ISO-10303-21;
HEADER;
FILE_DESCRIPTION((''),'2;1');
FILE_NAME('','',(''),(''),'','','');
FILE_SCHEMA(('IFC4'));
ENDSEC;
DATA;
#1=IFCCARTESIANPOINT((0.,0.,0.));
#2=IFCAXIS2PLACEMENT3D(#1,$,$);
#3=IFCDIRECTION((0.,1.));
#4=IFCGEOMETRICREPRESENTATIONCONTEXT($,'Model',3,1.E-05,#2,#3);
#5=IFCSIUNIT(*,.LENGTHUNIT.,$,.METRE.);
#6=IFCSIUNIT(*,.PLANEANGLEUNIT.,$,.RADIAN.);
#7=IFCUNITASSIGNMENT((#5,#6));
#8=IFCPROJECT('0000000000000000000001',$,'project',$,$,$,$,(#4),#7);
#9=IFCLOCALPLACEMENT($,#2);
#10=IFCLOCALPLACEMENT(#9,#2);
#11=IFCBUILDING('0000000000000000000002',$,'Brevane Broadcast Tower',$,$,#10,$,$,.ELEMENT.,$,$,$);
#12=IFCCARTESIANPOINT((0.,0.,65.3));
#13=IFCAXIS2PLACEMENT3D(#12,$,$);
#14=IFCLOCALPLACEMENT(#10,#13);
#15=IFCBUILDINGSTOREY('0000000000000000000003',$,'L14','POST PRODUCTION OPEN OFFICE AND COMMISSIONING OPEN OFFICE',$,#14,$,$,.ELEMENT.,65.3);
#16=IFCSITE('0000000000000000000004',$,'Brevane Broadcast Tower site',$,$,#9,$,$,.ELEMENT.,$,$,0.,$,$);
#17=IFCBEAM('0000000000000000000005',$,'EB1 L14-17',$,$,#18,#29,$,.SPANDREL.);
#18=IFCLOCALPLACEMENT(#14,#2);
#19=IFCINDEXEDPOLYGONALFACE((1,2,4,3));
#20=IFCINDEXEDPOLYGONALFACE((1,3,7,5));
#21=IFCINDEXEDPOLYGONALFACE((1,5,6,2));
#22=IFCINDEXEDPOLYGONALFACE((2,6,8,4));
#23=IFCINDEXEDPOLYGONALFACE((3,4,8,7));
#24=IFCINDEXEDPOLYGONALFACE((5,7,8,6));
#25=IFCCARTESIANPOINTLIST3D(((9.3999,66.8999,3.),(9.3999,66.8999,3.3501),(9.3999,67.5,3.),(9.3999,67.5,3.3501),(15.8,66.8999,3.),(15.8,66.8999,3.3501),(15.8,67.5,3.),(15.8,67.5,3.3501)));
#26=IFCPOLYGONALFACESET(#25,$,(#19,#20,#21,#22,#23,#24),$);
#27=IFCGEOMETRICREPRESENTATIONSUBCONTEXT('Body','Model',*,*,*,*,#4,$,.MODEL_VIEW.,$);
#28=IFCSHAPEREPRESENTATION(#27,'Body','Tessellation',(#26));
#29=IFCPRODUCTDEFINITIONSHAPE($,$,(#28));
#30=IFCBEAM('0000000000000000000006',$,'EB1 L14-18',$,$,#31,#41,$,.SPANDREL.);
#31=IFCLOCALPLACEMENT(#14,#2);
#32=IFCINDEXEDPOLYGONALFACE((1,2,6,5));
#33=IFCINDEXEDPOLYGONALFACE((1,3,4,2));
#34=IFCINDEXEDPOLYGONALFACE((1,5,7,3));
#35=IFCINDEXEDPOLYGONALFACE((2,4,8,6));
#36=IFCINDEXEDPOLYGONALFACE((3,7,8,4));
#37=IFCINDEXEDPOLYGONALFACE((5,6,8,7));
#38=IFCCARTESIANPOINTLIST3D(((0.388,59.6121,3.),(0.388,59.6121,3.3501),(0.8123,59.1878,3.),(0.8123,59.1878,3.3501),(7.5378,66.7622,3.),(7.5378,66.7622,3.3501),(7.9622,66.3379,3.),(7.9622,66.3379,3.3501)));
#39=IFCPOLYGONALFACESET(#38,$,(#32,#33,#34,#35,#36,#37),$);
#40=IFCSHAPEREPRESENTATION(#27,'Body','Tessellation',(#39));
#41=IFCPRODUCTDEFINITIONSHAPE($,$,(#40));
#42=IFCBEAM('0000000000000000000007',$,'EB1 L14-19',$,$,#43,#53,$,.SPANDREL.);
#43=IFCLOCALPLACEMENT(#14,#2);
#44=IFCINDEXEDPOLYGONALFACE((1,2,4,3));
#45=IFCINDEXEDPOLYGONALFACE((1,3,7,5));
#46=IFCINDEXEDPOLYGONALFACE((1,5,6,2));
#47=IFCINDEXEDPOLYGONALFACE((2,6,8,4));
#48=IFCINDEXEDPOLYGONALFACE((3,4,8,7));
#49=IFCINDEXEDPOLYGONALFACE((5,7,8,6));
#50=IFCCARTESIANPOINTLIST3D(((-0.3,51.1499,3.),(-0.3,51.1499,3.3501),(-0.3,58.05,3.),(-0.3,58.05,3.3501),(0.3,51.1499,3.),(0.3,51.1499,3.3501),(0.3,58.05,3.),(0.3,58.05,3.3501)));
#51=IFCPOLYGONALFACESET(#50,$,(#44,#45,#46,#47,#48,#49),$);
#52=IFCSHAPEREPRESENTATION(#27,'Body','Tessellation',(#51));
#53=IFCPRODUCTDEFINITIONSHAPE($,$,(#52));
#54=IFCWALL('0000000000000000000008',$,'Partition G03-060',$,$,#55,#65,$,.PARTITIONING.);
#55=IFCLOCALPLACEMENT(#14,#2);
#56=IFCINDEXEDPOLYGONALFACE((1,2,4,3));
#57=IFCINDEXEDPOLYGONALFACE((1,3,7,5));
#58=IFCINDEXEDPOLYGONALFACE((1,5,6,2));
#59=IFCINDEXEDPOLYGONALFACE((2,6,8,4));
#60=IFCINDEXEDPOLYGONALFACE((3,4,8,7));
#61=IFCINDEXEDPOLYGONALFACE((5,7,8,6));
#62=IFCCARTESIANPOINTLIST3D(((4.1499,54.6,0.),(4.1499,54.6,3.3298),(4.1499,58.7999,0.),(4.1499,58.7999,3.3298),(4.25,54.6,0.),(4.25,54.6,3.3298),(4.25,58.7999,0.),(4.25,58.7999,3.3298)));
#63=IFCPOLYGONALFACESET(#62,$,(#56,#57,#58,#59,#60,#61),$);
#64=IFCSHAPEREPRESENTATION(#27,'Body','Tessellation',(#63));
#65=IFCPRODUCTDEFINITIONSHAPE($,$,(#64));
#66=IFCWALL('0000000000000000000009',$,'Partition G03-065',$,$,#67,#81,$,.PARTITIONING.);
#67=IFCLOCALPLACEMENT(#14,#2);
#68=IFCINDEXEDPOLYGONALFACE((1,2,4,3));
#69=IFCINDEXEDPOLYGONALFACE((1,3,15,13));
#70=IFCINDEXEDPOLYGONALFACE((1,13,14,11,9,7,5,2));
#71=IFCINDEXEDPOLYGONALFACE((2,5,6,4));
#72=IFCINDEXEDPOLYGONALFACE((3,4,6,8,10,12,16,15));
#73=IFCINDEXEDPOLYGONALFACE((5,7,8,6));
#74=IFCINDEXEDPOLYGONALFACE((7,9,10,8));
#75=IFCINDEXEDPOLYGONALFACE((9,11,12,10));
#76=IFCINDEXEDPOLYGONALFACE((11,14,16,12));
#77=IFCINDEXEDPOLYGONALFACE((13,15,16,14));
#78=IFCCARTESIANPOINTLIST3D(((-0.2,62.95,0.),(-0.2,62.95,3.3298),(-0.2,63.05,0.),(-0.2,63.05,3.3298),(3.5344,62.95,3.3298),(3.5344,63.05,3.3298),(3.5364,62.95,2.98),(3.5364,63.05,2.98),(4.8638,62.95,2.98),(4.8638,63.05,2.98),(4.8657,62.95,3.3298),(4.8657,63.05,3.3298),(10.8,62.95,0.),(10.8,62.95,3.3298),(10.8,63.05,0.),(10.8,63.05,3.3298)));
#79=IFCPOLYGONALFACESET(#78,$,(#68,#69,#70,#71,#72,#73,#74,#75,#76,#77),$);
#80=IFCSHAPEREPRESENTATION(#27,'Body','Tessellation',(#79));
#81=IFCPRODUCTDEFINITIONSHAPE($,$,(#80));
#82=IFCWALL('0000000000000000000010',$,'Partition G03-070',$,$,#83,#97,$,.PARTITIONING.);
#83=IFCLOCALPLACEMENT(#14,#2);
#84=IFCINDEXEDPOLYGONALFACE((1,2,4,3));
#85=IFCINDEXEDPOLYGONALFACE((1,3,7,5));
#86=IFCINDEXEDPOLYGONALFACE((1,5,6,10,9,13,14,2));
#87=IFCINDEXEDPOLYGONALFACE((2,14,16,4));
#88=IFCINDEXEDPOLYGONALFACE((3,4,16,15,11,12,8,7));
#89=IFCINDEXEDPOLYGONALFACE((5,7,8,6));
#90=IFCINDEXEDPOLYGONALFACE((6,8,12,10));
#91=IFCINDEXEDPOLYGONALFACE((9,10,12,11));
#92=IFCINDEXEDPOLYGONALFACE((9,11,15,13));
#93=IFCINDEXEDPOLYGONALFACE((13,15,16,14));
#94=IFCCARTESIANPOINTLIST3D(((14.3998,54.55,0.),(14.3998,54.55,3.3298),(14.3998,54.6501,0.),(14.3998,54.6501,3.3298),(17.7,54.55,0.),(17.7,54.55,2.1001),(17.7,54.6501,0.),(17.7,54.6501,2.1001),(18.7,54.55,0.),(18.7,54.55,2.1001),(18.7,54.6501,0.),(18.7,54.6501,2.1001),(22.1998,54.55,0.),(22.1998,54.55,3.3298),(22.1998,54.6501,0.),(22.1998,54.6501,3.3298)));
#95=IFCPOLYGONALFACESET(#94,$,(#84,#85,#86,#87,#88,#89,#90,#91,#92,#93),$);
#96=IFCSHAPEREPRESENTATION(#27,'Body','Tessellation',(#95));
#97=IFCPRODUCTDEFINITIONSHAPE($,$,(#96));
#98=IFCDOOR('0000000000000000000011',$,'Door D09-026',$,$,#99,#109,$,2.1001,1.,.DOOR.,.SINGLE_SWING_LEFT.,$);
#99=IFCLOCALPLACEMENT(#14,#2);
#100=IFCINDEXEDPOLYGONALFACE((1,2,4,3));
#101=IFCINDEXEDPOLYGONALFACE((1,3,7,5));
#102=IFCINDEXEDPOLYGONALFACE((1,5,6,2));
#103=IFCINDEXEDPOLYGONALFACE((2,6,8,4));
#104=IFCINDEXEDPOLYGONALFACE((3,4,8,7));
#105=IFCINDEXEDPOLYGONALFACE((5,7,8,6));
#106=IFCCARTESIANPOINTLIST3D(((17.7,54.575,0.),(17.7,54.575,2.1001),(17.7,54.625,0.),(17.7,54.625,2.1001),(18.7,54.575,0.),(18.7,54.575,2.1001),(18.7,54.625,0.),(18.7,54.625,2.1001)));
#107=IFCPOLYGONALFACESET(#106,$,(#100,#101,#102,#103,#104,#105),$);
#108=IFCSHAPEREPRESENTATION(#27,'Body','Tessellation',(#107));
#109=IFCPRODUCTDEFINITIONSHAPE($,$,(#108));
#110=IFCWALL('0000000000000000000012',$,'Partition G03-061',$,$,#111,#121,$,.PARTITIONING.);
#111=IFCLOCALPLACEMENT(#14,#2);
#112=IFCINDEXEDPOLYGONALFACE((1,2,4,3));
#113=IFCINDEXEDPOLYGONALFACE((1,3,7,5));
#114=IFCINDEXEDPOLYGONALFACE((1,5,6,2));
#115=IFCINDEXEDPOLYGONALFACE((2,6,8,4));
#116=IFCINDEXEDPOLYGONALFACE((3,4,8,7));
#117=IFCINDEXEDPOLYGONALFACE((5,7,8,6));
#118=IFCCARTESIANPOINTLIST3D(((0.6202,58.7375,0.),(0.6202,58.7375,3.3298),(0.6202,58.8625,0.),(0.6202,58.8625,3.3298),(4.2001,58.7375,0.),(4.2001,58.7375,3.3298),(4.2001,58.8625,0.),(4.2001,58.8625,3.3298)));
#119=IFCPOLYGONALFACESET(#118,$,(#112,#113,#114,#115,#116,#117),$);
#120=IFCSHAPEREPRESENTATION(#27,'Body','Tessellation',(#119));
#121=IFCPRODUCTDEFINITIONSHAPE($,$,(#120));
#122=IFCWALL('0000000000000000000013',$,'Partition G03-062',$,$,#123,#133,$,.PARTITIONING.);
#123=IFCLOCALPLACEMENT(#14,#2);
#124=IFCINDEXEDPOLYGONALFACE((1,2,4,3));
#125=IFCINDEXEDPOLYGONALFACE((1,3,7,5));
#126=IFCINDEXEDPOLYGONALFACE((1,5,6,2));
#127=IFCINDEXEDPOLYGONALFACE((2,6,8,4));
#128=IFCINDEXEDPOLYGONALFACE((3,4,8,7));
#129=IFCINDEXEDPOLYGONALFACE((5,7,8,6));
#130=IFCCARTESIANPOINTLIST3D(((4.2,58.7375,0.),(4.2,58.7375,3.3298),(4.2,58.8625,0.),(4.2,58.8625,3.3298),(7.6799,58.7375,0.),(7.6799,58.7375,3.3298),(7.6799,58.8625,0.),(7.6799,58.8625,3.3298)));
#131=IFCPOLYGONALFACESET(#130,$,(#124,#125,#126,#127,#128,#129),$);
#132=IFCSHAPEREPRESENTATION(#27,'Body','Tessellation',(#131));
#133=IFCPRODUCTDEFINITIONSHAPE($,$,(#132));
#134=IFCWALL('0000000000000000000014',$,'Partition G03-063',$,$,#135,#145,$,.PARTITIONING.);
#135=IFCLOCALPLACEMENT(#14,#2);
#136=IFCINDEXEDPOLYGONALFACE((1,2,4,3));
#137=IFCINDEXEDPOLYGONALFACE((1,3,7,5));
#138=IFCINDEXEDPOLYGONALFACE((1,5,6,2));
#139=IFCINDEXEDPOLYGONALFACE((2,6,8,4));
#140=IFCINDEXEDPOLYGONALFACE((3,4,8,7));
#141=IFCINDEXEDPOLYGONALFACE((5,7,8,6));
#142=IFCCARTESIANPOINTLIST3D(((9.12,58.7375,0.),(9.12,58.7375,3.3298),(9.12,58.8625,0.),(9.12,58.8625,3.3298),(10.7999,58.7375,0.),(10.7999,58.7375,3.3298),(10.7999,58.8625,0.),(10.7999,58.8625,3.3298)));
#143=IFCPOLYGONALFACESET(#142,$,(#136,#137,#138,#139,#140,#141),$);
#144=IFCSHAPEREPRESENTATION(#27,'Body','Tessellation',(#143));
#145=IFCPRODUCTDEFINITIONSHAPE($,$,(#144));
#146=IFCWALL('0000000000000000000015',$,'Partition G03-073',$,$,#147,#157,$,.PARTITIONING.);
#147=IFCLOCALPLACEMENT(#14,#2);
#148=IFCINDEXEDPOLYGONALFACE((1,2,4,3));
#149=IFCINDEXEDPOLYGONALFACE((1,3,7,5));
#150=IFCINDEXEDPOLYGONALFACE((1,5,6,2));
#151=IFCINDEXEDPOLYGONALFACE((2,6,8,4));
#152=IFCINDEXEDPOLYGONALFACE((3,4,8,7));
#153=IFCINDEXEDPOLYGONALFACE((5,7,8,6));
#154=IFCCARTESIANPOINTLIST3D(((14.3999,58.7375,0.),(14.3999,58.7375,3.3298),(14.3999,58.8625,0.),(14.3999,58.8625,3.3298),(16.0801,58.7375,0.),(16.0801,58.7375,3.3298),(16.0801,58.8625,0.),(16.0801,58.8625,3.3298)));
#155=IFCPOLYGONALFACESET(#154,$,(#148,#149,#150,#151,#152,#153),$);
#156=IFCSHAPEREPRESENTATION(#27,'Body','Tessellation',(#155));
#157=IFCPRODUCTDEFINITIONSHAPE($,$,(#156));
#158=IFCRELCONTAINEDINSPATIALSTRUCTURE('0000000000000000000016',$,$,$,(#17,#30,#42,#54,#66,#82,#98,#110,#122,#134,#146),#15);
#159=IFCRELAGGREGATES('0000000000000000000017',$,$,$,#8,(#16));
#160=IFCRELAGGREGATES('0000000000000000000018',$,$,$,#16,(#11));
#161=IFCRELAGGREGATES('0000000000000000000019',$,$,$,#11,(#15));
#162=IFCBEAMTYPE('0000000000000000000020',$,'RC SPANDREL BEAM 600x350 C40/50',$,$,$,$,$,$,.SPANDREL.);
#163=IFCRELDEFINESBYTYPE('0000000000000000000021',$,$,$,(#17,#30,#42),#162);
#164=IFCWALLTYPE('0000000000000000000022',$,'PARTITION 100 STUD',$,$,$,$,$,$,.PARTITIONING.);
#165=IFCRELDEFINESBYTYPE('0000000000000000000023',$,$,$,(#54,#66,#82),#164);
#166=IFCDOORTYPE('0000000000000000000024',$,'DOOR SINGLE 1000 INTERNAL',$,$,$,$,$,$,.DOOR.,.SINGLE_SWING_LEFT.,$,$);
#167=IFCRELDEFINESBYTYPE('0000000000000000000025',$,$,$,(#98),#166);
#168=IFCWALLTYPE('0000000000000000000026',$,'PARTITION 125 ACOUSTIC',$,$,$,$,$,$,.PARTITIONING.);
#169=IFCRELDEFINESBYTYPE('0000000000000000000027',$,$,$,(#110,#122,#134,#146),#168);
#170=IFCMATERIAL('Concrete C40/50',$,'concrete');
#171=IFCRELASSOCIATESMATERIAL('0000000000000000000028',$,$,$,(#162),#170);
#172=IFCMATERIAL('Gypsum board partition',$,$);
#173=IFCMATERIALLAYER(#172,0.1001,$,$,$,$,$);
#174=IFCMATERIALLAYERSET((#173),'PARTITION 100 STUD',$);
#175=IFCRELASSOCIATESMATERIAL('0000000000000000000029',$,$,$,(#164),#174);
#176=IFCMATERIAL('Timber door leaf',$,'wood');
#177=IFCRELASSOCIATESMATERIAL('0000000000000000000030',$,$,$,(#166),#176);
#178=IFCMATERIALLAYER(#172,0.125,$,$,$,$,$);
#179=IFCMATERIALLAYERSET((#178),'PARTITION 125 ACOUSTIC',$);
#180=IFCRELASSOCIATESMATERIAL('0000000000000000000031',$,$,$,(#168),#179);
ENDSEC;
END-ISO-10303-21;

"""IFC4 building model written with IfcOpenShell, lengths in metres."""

from ifc_helpers import new_model, si_unit, direction, frame, frame_2d, origin, origin_2d, place, context, subcontext, project, spatial, polyline, rectangle, outline, extrude, material, layer, layer_set, material_profile, profile_set, type_object, element, fill, save


model = new_model("IFC4")

# Units and contexts
model_context = context("Model", 3, precision=1e-05, world=origin(), true_north=direction((0.0, 1.0)))
body_context = subcontext(model_context, "Body", "Model", "MODEL_VIEW")
ifc_project = project(units=[si_unit("LENGTHUNIT", "METRE"), si_unit("PLANEANGLEUNIT", "RADIAN")], contexts=[model_context])

# Site, building, storey
site_placement = place(None, origin())
site = spatial("IfcSite", under=ifc_project, at=site_placement, Name="Brevane Broadcast Tower site", CompositionType="ELEMENT", RefElevation=0.0)
building_placement = place(site_placement, origin())
building = spatial("IfcBuilding", under=site, at=building_placement, Name="Brevane Broadcast Tower", CompositionType="ELEMENT")
storey_placement = place(building_placement, frame((0.0, 0.0, 65.3)))
storey = spatial("IfcBuildingStorey", under=building, at=storey_placement, Name="L14", Description="POST PRODUCTION OPEN OFFICE AND COMMISSIONING OPEN OFFICE", CompositionType="ELEMENT", Elevation=65.3)

# Beams
ifc_material_1 = material(Name="Concrete C40/50", Category="concrete")
ifc_material_profile_1 = material_profile(ifc_material_1, rectangle(XDim=0.6001, YDim=0.3501, at=origin_2d()), Name="RC 600x350")
ifc_profile_set_1 = profile_set([ifc_material_profile_1], Name="Concrete C40/50")
beam_type = type_object("IfcBeamType", Name="RC SPANDREL BEAM 600x350 C40/50", PredefinedType="SPANDREL", material=ifc_profile_set_1)
beam_1_placement = place(storey_placement, frame((15.8, 67.2, 3.175), z_axis=(-1.0, 0.0, 0.0), x_axis=(0.0, -1.0, 0.0)))
element("IfcBeam", 1, at=beam_1_placement, inside=storey, type_object=beam_type, Name="EB1 L14-17", PredefinedType="SPANDREL", context=body_context, shape_type="SweptSolid", body=[
    extrude(rectangle(XDim=0.6001, YDim=0.3501, at=origin_2d()), origin(), (0.0, 0.0, 1.0), 6.4001),
])
beam_2_placement = place(storey_placement, frame((7.75, 66.55, 3.175), z_axis=(-0.707095, -0.707119, 0.0), x_axis=(0.707119, -0.707095, 0.0)))
element("IfcBeam", 2, at=beam_2_placement, inside=storey, type_object=beam_type, Name="EB1 L14-18", PredefinedType="SPANDREL", context=body_context, shape_type="SweptSolid", body=[
    extrude(rectangle(XDim=0.6001, YDim=0.3501, at=origin_2d()), origin(), (0.0, 0.0, 1.0), 10.1116),
])
beam_3_placement = place(storey_placement, frame((0.0, 58.05, 3.175), z_axis=(0.0, -1.0, 0.0), x_axis=(1.0, 0.0, 0.0)))
element("IfcBeam", 3, at=beam_3_placement, inside=storey, type_object=beam_type, Name="EB1 L14-19", PredefinedType="SPANDREL", context=body_context, shape_type="SweptSolid", body=[
    extrude(rectangle(XDim=0.6001, YDim=0.3501, at=origin_2d()), origin(), (0.0, 0.0, 1.0), 6.9001),
])

# Walls
ifc_material_2 = material(Name="Gypsum board partition")
ifc_layer_1 = layer(ifc_material_2, 0.1001)
ifc_layer_set_1 = layer_set([ifc_layer_1], Name="PARTITION 100 STUD")
wall_type_1 = type_object("IfcWallType", Name="PARTITION 100 STUD", PredefinedType="PARTITIONING", material=ifc_layer_set_1)
wall_1_placement = place(storey_placement, frame((4.2, 58.8, 0.0), z_axis=(0.0, 0.0, 1.0), x_axis=(0.0, -1.0, 0.0)))
element("IfcWall", 4, at=wall_1_placement, inside=storey, type_object=wall_type_1, Name="Partition G03-060", PredefinedType="PARTITIONING", context=body_context, shape_type="SweptSolid", body=[
    extrude(rectangle(XDim=4.2, YDim=0.1001, at=frame_2d((2.1001, 0.0))), origin(), (0.0, 0.0, 1.0), 3.3298),
])
wall_2_placement = place(storey_placement, frame((-0.2, 63.0, 0.0), z_axis=(0.0, 0.0, 1.0), x_axis=(1.0, 0.0, 0.0)))
element("IfcWall", 5, at=wall_2_placement, inside=storey, type_object=wall_type_1, Name="Partition G03-065", PredefinedType="PARTITIONING", context=body_context, shape_type="SweptSolid", body=[
    extrude(outline(polyline([(0.0, 0.0), (11.0, 0.0), (11.0, 3.3298), (5.0657, 3.3298), (5.0637, 2.98), (3.7363, 2.98), (3.7344, 3.3298), (0.0, 3.3298), (0.0, 0.0)])), frame((0.0, 0.05, 0.0), z_axis=(0.0, -1.0, 0.0), x_axis=(1.0, 0.0, 0.0)), (0.0, 0.0, 1.0), 0.1001),
])

# Wall, opening, door
wall_3_placement = place(storey_placement, frame((14.3999, 54.6001, 0.0), z_axis=(0.0, 0.0, 1.0), x_axis=(1.0, 0.0, 0.0)))
wall_3 = element("IfcWall", 6, at=wall_3_placement, inside=storey, type_object=wall_type_1, Name="Partition G03-070", PredefinedType="PARTITIONING", context=body_context, shape_type="SweptSolid", body=[
    extrude(rectangle(XDim=7.8, YDim=0.1001, at=frame_2d((3.8999, 0.0))), origin(), (0.0, 0.0, 1.0), 3.3298),
])
opening_1_placement = place(wall_3_placement, frame((3.3, 0.0, 0.0)))
opening_1 = element("IfcOpeningElement", 7, at=opening_1_placement, cuts=wall_3, PredefinedType="OPENING", context=body_context, shape_type="SweptSolid", body=[
    extrude(rectangle(XDim=1.0, YDim=2.1001, at=frame_2d((0.5, 1.05))), frame((0.0, 0.0601, 0.0), z_axis=(0.0, -1.0, 0.0), x_axis=(1.0, 0.0, 0.0)), (0.0, 0.0, 1.0), 0.1201),
])
ifc_material_3 = material(Name="Timber door leaf", Category="wood")
door_type_1 = type_object("IfcDoorType", Name="DOOR SINGLE 1000 INTERNAL", OperationType="SINGLE_SWING_LEFT", PredefinedType="DOOR", material=ifc_material_3)
door_1_placement = place(opening_1_placement, origin())
door_1 = element("IfcDoor", 8, at=door_1_placement, inside=storey, type_object=door_type_1, Name="Door D09-026", OperationType="SINGLE_SWING_LEFT", OverallHeight=2.1001, OverallWidth=1.0, PredefinedType="DOOR", context=body_context, shape_type="SweptSolid", body=[
    extrude(rectangle(XDim=1.0, YDim=2.1001, at=frame_2d((0.5, 1.05))), frame((0.0, 0.0249, 0.0), z_axis=(0.0, -1.0, 0.0), x_axis=(1.0, 0.0, 0.0)), (0.0, 0.0, 1.0), 0.05),
])
fill(opening_1, door_1)

# Walls
ifc_layer_2 = layer(ifc_material_2, 0.125)
ifc_layer_set_2 = layer_set([ifc_layer_2], Name="PARTITION 125 ACOUSTIC")
wall_type_2 = type_object("IfcWallType", Name="PARTITION 125 ACOUSTIC", PredefinedType="PARTITIONING", material=ifc_layer_set_2)
wall_4_placement = place(storey_placement, frame((0.6201, 58.8, 0.0), z_axis=(0.0, 0.0, 1.0), x_axis=(1.0, 0.0, 0.0)))
element("IfcWall", 9, at=wall_4_placement, inside=storey, type_object=wall_type_2, Name="Partition G03-061", PredefinedType="PARTITIONING", context=body_context, shape_type="SweptSolid", body=[
    extrude(rectangle(XDim=3.5798, YDim=0.125, at=frame_2d((1.79, 0.0))), origin(), (0.0, 0.0, 1.0), 3.3298),
])
wall_5_placement = place(storey_placement, frame((4.2, 58.8, 0.0), z_axis=(0.0, 0.0, 1.0), x_axis=(1.0, 0.0, 0.0)))
element("IfcWall", 10, at=wall_5_placement, inside=storey, type_object=wall_type_2, Name="Partition G03-062", PredefinedType="PARTITIONING", context=body_context, shape_type="SweptSolid", body=[
    extrude(rectangle(XDim=3.48, YDim=0.125, at=frame_2d((1.74, 0.0))), origin(), (0.0, 0.0, 1.0), 3.3298),
])
wall_6_placement = place(storey_placement, frame((9.1201, 58.8, 0.0), z_axis=(0.0, 0.0, 1.0), x_axis=(1.0, 0.0, 0.0)))
element("IfcWall", 11, at=wall_6_placement, inside=storey, type_object=wall_type_2, Name="Partition G03-063", PredefinedType="PARTITIONING", context=body_context, shape_type="SweptSolid", body=[
    extrude(rectangle(XDim=1.6799, YDim=0.125, at=frame_2d((0.8398, 0.0))), origin(), (0.0, 0.0, 1.0), 3.3298),
])
wall_7_placement = place(storey_placement, frame((14.3999, 58.8, 0.0), z_axis=(0.0, 0.0, 1.0), x_axis=(1.0, 0.0, 0.0)))
element("IfcWall", 12, at=wall_7_placement, inside=storey, type_object=wall_type_2, Name="Partition G03-073", PredefinedType="PARTITIONING", context=body_context, shape_type="SweptSolid", body=[
    extrude(rectangle(XDim=1.6802, YDim=0.125, at=frame_2d((0.8401, 0.0))), origin(), (0.0, 0.0, 1.0), 3.3298),
])

save(model, "model.ifc")
